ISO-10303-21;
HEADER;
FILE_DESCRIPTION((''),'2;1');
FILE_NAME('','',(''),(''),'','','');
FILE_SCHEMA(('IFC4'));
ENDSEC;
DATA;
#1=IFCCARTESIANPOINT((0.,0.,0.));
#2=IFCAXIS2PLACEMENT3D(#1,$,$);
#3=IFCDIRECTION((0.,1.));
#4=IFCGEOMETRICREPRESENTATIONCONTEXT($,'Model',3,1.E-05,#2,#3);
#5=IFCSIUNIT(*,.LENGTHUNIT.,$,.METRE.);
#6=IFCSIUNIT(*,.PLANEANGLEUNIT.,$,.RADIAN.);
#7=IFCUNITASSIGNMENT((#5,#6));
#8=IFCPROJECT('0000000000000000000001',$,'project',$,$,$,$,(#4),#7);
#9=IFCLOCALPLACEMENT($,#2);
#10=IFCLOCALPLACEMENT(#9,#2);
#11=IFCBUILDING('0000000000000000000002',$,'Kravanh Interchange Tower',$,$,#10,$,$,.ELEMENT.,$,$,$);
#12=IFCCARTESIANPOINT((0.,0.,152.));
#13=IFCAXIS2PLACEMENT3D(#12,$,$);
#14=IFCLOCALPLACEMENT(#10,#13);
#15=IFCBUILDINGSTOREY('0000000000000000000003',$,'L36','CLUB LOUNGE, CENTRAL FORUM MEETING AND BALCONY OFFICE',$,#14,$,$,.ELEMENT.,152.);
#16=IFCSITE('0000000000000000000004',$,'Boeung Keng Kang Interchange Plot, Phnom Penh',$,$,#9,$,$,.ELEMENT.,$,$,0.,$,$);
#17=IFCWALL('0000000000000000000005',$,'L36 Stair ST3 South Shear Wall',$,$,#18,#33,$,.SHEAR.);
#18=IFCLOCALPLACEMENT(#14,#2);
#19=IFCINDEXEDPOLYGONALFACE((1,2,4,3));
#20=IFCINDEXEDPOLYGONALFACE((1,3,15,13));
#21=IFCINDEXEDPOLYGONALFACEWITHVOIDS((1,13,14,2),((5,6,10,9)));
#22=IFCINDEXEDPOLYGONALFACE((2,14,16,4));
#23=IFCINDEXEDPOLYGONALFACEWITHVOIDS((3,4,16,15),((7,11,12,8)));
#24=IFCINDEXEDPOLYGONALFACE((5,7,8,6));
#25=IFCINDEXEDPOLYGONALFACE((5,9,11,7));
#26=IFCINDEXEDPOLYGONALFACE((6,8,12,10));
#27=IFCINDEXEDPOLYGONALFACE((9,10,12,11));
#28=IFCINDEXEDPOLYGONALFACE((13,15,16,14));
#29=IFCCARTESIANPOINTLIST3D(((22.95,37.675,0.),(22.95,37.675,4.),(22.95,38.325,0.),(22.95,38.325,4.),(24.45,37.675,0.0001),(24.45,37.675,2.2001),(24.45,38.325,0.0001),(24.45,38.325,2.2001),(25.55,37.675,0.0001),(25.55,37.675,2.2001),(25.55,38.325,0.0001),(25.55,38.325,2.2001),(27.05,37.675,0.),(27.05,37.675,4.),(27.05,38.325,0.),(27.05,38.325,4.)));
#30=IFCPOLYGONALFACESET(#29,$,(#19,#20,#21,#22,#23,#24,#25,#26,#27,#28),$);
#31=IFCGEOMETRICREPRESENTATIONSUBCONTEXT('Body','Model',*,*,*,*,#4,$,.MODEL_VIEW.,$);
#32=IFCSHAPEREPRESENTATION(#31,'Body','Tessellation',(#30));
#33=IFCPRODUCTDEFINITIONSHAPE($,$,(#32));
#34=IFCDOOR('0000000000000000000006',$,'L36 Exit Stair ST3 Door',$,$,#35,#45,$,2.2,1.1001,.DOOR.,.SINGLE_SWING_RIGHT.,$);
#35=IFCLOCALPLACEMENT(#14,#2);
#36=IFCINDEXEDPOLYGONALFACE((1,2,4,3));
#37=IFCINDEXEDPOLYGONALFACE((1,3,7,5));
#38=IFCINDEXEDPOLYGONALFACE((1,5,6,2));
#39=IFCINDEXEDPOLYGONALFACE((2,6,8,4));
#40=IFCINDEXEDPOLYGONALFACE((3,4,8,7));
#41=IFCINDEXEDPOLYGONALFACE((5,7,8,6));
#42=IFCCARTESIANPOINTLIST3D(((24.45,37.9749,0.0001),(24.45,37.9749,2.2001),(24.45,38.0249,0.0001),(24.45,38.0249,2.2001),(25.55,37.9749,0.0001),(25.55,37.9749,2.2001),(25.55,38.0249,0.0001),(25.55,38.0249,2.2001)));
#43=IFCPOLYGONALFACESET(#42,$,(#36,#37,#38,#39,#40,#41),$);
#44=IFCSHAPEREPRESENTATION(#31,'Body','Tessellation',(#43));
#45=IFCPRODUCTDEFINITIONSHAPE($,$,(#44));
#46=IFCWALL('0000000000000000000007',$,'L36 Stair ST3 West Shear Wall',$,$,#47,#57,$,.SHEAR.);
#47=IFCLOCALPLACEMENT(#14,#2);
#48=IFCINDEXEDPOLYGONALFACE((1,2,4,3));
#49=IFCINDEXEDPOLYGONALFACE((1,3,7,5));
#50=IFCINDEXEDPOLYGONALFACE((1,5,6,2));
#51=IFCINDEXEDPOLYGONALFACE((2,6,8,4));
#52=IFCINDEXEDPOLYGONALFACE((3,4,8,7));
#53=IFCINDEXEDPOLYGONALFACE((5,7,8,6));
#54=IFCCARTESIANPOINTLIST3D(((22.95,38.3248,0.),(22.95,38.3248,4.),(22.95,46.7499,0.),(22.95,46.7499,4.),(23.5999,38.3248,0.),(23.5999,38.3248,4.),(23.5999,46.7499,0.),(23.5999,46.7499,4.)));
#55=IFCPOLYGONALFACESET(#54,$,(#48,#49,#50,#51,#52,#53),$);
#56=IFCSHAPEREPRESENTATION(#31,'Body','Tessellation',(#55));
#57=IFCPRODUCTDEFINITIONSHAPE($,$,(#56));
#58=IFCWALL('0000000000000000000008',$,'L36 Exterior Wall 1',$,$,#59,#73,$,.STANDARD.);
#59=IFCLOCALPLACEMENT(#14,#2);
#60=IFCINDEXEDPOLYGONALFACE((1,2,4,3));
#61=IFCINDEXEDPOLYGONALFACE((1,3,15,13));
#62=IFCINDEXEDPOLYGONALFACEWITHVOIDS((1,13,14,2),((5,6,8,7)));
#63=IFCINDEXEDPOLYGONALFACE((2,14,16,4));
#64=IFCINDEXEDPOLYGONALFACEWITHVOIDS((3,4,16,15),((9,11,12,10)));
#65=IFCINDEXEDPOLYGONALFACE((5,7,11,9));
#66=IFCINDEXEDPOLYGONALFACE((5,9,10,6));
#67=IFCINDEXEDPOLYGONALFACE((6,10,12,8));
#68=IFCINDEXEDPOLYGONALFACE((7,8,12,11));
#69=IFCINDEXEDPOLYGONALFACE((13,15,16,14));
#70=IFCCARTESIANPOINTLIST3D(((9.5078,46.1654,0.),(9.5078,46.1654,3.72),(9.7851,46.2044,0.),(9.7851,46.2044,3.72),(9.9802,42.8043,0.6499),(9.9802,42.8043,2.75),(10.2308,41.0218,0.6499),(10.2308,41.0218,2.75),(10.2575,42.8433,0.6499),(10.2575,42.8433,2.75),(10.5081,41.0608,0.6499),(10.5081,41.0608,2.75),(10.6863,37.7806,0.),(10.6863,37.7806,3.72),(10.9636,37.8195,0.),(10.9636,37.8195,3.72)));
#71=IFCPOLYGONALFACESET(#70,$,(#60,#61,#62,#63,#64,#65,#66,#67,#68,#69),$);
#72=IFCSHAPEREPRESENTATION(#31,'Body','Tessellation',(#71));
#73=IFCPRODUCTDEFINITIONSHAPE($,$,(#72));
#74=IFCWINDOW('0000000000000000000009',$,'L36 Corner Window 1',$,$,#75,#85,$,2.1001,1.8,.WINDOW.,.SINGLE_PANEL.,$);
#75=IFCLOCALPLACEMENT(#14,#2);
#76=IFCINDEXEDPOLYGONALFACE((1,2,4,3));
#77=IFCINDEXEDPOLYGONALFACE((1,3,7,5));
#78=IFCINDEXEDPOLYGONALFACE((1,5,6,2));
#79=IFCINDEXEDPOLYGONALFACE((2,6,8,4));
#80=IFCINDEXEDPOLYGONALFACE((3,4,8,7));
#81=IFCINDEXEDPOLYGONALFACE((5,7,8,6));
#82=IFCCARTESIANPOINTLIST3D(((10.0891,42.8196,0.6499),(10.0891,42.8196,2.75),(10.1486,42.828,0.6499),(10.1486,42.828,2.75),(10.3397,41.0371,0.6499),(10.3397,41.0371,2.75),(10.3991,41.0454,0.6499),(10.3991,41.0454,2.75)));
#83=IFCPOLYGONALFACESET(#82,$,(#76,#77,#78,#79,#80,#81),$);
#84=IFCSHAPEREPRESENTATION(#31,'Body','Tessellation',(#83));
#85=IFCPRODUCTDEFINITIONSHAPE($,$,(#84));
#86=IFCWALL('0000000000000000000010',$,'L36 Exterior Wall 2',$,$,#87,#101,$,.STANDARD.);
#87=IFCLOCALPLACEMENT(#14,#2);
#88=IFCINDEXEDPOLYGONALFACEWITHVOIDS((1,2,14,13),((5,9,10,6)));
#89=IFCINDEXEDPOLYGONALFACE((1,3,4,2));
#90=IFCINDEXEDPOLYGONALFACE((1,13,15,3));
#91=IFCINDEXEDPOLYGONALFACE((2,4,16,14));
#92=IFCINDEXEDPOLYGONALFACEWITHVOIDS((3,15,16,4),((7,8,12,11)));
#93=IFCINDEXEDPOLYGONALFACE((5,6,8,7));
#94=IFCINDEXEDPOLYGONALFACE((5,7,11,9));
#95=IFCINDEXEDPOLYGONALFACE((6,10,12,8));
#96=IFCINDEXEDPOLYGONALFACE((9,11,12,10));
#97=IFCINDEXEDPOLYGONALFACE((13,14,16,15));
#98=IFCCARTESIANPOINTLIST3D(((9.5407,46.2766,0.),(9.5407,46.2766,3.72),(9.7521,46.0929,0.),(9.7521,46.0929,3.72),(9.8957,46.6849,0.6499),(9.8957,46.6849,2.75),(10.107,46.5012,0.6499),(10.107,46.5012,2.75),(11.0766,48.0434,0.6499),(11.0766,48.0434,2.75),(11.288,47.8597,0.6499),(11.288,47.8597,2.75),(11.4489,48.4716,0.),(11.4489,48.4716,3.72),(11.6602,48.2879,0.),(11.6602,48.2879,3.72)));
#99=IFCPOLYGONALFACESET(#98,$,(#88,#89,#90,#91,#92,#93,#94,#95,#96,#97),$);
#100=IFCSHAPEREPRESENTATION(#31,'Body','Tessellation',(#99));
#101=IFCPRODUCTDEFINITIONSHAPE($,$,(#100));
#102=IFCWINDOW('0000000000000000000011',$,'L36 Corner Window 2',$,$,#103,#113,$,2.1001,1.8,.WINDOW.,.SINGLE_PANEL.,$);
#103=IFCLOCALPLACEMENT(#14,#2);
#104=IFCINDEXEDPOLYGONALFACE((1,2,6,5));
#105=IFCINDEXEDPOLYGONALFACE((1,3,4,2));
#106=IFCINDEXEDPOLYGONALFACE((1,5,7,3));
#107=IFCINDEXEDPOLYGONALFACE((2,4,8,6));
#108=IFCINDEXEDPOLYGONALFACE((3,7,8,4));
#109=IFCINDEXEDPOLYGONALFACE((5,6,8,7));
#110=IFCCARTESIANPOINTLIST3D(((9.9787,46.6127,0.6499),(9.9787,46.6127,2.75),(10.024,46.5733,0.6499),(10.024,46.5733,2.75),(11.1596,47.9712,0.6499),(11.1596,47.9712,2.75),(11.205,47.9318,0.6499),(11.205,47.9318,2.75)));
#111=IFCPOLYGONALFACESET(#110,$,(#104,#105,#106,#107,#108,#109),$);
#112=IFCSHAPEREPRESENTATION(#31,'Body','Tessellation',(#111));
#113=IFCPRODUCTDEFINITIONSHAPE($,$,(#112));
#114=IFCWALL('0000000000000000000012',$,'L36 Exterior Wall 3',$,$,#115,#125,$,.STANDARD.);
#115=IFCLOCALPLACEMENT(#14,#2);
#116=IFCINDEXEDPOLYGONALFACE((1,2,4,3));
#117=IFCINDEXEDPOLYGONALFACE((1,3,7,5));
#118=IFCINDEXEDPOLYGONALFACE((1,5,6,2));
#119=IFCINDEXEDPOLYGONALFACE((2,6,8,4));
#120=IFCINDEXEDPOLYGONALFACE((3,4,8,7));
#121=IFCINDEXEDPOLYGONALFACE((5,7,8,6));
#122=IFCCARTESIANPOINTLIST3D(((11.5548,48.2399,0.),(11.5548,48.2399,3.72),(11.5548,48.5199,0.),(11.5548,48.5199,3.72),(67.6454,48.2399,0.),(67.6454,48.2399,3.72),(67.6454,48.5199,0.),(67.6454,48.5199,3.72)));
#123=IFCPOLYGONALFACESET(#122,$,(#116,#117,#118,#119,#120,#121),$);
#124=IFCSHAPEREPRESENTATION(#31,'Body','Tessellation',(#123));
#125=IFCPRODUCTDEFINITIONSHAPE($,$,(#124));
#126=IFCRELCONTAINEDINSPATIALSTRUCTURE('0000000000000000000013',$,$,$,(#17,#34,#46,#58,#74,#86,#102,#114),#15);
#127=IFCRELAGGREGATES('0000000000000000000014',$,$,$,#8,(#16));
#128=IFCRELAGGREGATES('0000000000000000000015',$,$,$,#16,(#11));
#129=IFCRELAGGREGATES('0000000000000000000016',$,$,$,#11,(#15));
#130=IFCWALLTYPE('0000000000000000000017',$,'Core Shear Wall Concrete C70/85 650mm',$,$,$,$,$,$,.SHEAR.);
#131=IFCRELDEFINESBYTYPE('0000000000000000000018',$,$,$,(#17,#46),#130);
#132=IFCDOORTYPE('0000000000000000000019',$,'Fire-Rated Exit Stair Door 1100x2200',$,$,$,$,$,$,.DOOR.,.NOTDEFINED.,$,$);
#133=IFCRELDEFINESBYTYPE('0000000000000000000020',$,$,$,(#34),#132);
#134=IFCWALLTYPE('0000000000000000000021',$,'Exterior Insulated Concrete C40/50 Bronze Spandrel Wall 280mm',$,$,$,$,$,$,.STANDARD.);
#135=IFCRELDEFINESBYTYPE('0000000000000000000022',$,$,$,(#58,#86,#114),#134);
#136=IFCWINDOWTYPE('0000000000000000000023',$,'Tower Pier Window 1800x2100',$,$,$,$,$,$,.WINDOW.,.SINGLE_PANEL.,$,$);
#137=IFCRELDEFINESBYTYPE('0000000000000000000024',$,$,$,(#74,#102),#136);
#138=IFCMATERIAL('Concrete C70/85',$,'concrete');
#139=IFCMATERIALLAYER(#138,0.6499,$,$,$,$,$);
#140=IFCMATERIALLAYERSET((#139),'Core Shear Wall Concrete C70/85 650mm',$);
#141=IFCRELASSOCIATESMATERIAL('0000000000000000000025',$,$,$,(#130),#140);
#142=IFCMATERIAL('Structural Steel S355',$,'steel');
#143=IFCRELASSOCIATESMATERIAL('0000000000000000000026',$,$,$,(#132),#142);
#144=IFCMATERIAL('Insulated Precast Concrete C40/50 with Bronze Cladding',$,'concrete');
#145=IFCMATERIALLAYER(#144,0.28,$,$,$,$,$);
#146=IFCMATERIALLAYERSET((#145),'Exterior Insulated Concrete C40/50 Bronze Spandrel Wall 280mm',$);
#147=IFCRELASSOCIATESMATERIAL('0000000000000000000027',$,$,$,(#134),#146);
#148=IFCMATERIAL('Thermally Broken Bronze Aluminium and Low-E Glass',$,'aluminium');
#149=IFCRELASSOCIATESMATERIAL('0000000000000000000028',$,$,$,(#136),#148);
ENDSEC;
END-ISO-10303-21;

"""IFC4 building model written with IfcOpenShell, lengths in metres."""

from ifc_helpers import new_model, si_unit, direction, frame, frame_2d, origin, place, context, subcontext, project, spatial, rectangle, extrude, material, layer, layer_set, type_object, element, fill, save


model = new_model("IFC4")

# Units and contexts
model_context = context("Model", 3, precision=1e-05, world=origin(), true_north=direction((0.0, 1.0)))
body_context = subcontext(model_context, "Body", "Model", "MODEL_VIEW")
ifc_project = project(units=[si_unit("LENGTHUNIT", "METRE"), si_unit("PLANEANGLEUNIT", "RADIAN")], contexts=[model_context])

# Site, building, storey
site_placement = place(None, origin())
site = spatial("IfcSite", under=ifc_project, at=site_placement, Name="Boeung Keng Kang Interchange Plot, Phnom Penh", CompositionType="ELEMENT", RefElevation=0.0)
building_placement = place(site_placement, origin())
building = spatial("IfcBuilding", under=site, at=building_placement, Name="Kravanh Interchange Tower", CompositionType="ELEMENT")
storey_placement = place(building_placement, frame((0.0, 0.0, 152.0)))
storey = spatial("IfcBuildingStorey", under=building, at=storey_placement, Name="L36", Description="CLUB LOUNGE, CENTRAL FORUM MEETING AND BALCONY OFFICE", CompositionType="ELEMENT", Elevation=152.0)

# Shared definitions
ifc_material_1 = material(Name="Concrete C70/85", Category="concrete")
ifc_layer_1 = layer(ifc_material_1, 0.6499)
ifc_layer_set_1 = layer_set([ifc_layer_1], Name="Core Shear Wall Concrete C70/85 650mm")
wall_type_1 = type_object("IfcWallType", Name="Core Shear Wall Concrete C70/85 650mm", PredefinedType="SHEAR", material=ifc_layer_set_1)

# Wall, opening, door
wall_1_placement = place(storey_placement, frame((22.95, 38.0, 0.0), z_axis=(0.0, 0.0, 1.0), x_axis=(1.0, 0.0, 0.0)))
wall_1 = element("IfcWall", 1, at=wall_1_placement, inside=storey, type_object=wall_type_1, Name="L36 Stair ST3 South Shear Wall", PredefinedType="SHEAR", context=body_context, shape_type="SweptSolid", body=[
    extrude(rectangle(XDim=4.1001, YDim=0.6499, at=frame_2d((2.05, 0.0))), origin(), (0.0, 0.0, 1.0), 4.0),
])
opening_1_placement = place(wall_1_placement, frame((1.5, 0.0, 0.0)))
opening_1 = element("IfcOpeningElement", 2, at=opening_1_placement, cuts=wall_1, PredefinedType="OPENING", context=body_context, shape_type="SweptSolid", body=[
    extrude(rectangle(XDim=1.1001, YDim=2.2, at=frame_2d((0.55, 1.1001))), frame((0.0, 0.335, 0.0), z_axis=(0.0, -1.0, 0.0), x_axis=(1.0, 0.0, 0.0)), (0.0, 0.0, 1.0), 0.6699),
])
ifc_material_2 = material(Name="Structural Steel S355", Category="steel")
door_type_1 = type_object("IfcDoorType", Name="Fire-Rated Exit Stair Door 1100x2200", OperationType="NOTDEFINED", PredefinedType="DOOR", material=ifc_material_2)
door_1_placement = place(opening_1_placement, origin())
door_1 = element("IfcDoor", 3, at=door_1_placement, inside=storey, type_object=door_type_1, Name="L36 Exit Stair ST3 Door", OperationType="SINGLE_SWING_RIGHT", OverallHeight=2.2, OverallWidth=1.1001, PredefinedType="DOOR", context=body_context, shape_type="SweptSolid", body=[
    extrude(rectangle(XDim=1.1001, YDim=2.2, at=frame_2d((0.55, 1.1001))), frame((0.0, 0.0249, 0.0), z_axis=(0.0, -1.0, 0.0), x_axis=(1.0, 0.0, 0.0)), (0.0, 0.0, 1.0), 0.05),
])
fill(opening_1, door_1)

# Wall
wall_2_placement = place(storey_placement, frame((23.2749, 38.325, 0.0), z_axis=(0.0, 0.0, 1.0), x_axis=(0.0, 1.0, 0.0)))
element("IfcWall", 4, at=wall_2_placement, inside=storey, type_object=wall_type_1, Name="L36 Stair ST3 West Shear Wall", PredefinedType="SHEAR", context=body_context, shape_type="SweptSolid", body=[
    extrude(rectangle(XDim=8.425, YDim=0.6499, at=frame_2d((4.2124, 0.0))), origin(), (0.0, 0.0, 1.0), 4.0),
])

# Walls, openings, windows
ifc_material_3 = material(Name="Insulated Precast Concrete C40/50 with Bronze Cladding", Category="concrete")
ifc_layer_2 = layer(ifc_material_3, 0.28)
ifc_layer_set_2 = layer_set([ifc_layer_2], Name="Exterior Insulated Concrete C40/50 Bronze Spandrel Wall 280mm")
wall_type_2 = type_object("IfcWallType", Name="Exterior Insulated Concrete C40/50 Bronze Spandrel Wall 280mm", PredefinedType="STANDARD", material=ifc_layer_set_2)
wall_3_placement = place(storey_placement, frame((10.825, 37.8, 0.0), z_axis=(0.0, 0.0, 1.0), x_axis=(-0.139181, 0.990267, 0.0)))
wall_3 = element("IfcWall", 5, at=wall_3_placement, inside=storey, type_object=wall_type_2, Name="L36 Exterior Wall 1", PredefinedType="STANDARD", context=body_context, shape_type="SweptSolid", body=[
    extrude(rectangle(XDim=8.4673, YDim=0.28, at=frame_2d((4.2336, 0.0))), origin(), (0.0, 0.0, 1.0), 3.72),
])
opening_2_placement = place(wall_3_placement, frame((3.2732, 0.0, 0.6499)))
opening_2 = element("IfcOpeningElement", 6, at=opening_2_placement, cuts=wall_3, PredefinedType="OPENING", context=body_context, shape_type="SweptSolid", body=[
    extrude(rectangle(XDim=1.8, YDim=2.1001, at=frame_2d((0.8999, 1.05))), frame((0.0, 0.1499, 0.0), z_axis=(0.0, -1.0, 0.0), x_axis=(1.0, 0.0, 0.0)), (0.0, 0.0, 1.0), 0.3),
])
ifc_material_4 = material(Name="Thermally Broken Bronze Aluminium and Low-E Glass", Category="aluminium")
window_type = type_object("IfcWindowType", Name="Tower Pier Window 1800x2100", PartitioningType="SINGLE_PANEL", PredefinedType="WINDOW", material=ifc_material_4)
window_1_placement = place(opening_2_placement, origin())
window_1 = element("IfcWindow", 7, at=window_1_placement, inside=storey, type_object=window_type, Name="L36 Corner Window 1", OverallHeight=2.1001, OverallWidth=1.8, PartitioningType="SINGLE_PANEL", PredefinedType="WINDOW", context=body_context, shape_type="SweptSolid", body=[
    extrude(rectangle(XDim=1.8, YDim=2.1001, at=frame_2d((0.8999, 1.05))), frame((0.0, 0.03, 0.0), z_axis=(0.0, -1.0, 0.0), x_axis=(1.0, 0.0, 0.0)), (0.0, 0.0, 1.0), 0.0601),
])
fill(opening_2, window_1)
wall_4_placement = place(storey_placement, frame((9.6465, 46.1848, 0.0), z_axis=(0.0, 0.0, 1.0), x_axis=(0.656071, 0.754699, 0.0)))
wall_4 = element("IfcWall", 8, at=wall_4_placement, inside=storey, type_object=wall_type_2, Name="L36 Exterior Wall 2", PredefinedType="STANDARD", context=body_context, shape_type="SweptSolid", body=[
    extrude(rectangle(XDim=2.9084, YDim=0.28, at=frame_2d((1.4541, 0.0))), origin(), (0.0, 0.0, 1.0), 3.72),
])
opening_3_placement = place(wall_4_placement, frame((0.541, 0.0, 0.6499)))
opening_3 = element("IfcOpeningElement", 9, at=opening_3_placement, cuts=wall_4, PredefinedType="OPENING", context=body_context, shape_type="SweptSolid", body=[
    extrude(rectangle(XDim=1.8, YDim=2.1001, at=frame_2d((0.8999, 1.05))), frame((0.0, 0.1499, 0.0), z_axis=(0.0, -1.0, 0.0), x_axis=(1.0, 0.0, 0.0)), (0.0, 0.0, 1.0), 0.3),
])
window_2_placement = place(opening_3_placement, origin())
window_2 = element("IfcWindow", 10, at=window_2_placement, inside=storey, type_object=window_type, Name="L36 Corner Window 2", OverallHeight=2.1001, OverallWidth=1.8, PartitioningType="SINGLE_PANEL", PredefinedType="WINDOW", context=body_context, shape_type="SweptSolid", body=[
    extrude(rectangle(XDim=1.8, YDim=2.1001, at=frame_2d((0.8999, 1.05))), frame((0.0, 0.03, 0.0), z_axis=(0.0, -1.0, 0.0), x_axis=(1.0, 0.0, 0.0)), (0.0, 0.0, 1.0), 0.0601),
])
fill(opening_3, window_2)

# Wall
wall_5_placement = place(storey_placement, frame((11.5547, 48.3799, 0.0), z_axis=(0.0, 0.0, 1.0), x_axis=(1.0, 0.0, 0.0)))
element("IfcWall", 11, at=wall_5_placement, inside=storey, type_object=wall_type_2, Name="L36 Exterior Wall 3", PredefinedType="STANDARD", context=body_context, shape_type="SweptSolid", body=[
    extrude(rectangle(XDim=56.0906, YDim=0.28, at=frame_2d((28.0454, 0.0))), origin(), (0.0, 0.0, 1.0), 3.72),
])

save(model, "model.ifc")
